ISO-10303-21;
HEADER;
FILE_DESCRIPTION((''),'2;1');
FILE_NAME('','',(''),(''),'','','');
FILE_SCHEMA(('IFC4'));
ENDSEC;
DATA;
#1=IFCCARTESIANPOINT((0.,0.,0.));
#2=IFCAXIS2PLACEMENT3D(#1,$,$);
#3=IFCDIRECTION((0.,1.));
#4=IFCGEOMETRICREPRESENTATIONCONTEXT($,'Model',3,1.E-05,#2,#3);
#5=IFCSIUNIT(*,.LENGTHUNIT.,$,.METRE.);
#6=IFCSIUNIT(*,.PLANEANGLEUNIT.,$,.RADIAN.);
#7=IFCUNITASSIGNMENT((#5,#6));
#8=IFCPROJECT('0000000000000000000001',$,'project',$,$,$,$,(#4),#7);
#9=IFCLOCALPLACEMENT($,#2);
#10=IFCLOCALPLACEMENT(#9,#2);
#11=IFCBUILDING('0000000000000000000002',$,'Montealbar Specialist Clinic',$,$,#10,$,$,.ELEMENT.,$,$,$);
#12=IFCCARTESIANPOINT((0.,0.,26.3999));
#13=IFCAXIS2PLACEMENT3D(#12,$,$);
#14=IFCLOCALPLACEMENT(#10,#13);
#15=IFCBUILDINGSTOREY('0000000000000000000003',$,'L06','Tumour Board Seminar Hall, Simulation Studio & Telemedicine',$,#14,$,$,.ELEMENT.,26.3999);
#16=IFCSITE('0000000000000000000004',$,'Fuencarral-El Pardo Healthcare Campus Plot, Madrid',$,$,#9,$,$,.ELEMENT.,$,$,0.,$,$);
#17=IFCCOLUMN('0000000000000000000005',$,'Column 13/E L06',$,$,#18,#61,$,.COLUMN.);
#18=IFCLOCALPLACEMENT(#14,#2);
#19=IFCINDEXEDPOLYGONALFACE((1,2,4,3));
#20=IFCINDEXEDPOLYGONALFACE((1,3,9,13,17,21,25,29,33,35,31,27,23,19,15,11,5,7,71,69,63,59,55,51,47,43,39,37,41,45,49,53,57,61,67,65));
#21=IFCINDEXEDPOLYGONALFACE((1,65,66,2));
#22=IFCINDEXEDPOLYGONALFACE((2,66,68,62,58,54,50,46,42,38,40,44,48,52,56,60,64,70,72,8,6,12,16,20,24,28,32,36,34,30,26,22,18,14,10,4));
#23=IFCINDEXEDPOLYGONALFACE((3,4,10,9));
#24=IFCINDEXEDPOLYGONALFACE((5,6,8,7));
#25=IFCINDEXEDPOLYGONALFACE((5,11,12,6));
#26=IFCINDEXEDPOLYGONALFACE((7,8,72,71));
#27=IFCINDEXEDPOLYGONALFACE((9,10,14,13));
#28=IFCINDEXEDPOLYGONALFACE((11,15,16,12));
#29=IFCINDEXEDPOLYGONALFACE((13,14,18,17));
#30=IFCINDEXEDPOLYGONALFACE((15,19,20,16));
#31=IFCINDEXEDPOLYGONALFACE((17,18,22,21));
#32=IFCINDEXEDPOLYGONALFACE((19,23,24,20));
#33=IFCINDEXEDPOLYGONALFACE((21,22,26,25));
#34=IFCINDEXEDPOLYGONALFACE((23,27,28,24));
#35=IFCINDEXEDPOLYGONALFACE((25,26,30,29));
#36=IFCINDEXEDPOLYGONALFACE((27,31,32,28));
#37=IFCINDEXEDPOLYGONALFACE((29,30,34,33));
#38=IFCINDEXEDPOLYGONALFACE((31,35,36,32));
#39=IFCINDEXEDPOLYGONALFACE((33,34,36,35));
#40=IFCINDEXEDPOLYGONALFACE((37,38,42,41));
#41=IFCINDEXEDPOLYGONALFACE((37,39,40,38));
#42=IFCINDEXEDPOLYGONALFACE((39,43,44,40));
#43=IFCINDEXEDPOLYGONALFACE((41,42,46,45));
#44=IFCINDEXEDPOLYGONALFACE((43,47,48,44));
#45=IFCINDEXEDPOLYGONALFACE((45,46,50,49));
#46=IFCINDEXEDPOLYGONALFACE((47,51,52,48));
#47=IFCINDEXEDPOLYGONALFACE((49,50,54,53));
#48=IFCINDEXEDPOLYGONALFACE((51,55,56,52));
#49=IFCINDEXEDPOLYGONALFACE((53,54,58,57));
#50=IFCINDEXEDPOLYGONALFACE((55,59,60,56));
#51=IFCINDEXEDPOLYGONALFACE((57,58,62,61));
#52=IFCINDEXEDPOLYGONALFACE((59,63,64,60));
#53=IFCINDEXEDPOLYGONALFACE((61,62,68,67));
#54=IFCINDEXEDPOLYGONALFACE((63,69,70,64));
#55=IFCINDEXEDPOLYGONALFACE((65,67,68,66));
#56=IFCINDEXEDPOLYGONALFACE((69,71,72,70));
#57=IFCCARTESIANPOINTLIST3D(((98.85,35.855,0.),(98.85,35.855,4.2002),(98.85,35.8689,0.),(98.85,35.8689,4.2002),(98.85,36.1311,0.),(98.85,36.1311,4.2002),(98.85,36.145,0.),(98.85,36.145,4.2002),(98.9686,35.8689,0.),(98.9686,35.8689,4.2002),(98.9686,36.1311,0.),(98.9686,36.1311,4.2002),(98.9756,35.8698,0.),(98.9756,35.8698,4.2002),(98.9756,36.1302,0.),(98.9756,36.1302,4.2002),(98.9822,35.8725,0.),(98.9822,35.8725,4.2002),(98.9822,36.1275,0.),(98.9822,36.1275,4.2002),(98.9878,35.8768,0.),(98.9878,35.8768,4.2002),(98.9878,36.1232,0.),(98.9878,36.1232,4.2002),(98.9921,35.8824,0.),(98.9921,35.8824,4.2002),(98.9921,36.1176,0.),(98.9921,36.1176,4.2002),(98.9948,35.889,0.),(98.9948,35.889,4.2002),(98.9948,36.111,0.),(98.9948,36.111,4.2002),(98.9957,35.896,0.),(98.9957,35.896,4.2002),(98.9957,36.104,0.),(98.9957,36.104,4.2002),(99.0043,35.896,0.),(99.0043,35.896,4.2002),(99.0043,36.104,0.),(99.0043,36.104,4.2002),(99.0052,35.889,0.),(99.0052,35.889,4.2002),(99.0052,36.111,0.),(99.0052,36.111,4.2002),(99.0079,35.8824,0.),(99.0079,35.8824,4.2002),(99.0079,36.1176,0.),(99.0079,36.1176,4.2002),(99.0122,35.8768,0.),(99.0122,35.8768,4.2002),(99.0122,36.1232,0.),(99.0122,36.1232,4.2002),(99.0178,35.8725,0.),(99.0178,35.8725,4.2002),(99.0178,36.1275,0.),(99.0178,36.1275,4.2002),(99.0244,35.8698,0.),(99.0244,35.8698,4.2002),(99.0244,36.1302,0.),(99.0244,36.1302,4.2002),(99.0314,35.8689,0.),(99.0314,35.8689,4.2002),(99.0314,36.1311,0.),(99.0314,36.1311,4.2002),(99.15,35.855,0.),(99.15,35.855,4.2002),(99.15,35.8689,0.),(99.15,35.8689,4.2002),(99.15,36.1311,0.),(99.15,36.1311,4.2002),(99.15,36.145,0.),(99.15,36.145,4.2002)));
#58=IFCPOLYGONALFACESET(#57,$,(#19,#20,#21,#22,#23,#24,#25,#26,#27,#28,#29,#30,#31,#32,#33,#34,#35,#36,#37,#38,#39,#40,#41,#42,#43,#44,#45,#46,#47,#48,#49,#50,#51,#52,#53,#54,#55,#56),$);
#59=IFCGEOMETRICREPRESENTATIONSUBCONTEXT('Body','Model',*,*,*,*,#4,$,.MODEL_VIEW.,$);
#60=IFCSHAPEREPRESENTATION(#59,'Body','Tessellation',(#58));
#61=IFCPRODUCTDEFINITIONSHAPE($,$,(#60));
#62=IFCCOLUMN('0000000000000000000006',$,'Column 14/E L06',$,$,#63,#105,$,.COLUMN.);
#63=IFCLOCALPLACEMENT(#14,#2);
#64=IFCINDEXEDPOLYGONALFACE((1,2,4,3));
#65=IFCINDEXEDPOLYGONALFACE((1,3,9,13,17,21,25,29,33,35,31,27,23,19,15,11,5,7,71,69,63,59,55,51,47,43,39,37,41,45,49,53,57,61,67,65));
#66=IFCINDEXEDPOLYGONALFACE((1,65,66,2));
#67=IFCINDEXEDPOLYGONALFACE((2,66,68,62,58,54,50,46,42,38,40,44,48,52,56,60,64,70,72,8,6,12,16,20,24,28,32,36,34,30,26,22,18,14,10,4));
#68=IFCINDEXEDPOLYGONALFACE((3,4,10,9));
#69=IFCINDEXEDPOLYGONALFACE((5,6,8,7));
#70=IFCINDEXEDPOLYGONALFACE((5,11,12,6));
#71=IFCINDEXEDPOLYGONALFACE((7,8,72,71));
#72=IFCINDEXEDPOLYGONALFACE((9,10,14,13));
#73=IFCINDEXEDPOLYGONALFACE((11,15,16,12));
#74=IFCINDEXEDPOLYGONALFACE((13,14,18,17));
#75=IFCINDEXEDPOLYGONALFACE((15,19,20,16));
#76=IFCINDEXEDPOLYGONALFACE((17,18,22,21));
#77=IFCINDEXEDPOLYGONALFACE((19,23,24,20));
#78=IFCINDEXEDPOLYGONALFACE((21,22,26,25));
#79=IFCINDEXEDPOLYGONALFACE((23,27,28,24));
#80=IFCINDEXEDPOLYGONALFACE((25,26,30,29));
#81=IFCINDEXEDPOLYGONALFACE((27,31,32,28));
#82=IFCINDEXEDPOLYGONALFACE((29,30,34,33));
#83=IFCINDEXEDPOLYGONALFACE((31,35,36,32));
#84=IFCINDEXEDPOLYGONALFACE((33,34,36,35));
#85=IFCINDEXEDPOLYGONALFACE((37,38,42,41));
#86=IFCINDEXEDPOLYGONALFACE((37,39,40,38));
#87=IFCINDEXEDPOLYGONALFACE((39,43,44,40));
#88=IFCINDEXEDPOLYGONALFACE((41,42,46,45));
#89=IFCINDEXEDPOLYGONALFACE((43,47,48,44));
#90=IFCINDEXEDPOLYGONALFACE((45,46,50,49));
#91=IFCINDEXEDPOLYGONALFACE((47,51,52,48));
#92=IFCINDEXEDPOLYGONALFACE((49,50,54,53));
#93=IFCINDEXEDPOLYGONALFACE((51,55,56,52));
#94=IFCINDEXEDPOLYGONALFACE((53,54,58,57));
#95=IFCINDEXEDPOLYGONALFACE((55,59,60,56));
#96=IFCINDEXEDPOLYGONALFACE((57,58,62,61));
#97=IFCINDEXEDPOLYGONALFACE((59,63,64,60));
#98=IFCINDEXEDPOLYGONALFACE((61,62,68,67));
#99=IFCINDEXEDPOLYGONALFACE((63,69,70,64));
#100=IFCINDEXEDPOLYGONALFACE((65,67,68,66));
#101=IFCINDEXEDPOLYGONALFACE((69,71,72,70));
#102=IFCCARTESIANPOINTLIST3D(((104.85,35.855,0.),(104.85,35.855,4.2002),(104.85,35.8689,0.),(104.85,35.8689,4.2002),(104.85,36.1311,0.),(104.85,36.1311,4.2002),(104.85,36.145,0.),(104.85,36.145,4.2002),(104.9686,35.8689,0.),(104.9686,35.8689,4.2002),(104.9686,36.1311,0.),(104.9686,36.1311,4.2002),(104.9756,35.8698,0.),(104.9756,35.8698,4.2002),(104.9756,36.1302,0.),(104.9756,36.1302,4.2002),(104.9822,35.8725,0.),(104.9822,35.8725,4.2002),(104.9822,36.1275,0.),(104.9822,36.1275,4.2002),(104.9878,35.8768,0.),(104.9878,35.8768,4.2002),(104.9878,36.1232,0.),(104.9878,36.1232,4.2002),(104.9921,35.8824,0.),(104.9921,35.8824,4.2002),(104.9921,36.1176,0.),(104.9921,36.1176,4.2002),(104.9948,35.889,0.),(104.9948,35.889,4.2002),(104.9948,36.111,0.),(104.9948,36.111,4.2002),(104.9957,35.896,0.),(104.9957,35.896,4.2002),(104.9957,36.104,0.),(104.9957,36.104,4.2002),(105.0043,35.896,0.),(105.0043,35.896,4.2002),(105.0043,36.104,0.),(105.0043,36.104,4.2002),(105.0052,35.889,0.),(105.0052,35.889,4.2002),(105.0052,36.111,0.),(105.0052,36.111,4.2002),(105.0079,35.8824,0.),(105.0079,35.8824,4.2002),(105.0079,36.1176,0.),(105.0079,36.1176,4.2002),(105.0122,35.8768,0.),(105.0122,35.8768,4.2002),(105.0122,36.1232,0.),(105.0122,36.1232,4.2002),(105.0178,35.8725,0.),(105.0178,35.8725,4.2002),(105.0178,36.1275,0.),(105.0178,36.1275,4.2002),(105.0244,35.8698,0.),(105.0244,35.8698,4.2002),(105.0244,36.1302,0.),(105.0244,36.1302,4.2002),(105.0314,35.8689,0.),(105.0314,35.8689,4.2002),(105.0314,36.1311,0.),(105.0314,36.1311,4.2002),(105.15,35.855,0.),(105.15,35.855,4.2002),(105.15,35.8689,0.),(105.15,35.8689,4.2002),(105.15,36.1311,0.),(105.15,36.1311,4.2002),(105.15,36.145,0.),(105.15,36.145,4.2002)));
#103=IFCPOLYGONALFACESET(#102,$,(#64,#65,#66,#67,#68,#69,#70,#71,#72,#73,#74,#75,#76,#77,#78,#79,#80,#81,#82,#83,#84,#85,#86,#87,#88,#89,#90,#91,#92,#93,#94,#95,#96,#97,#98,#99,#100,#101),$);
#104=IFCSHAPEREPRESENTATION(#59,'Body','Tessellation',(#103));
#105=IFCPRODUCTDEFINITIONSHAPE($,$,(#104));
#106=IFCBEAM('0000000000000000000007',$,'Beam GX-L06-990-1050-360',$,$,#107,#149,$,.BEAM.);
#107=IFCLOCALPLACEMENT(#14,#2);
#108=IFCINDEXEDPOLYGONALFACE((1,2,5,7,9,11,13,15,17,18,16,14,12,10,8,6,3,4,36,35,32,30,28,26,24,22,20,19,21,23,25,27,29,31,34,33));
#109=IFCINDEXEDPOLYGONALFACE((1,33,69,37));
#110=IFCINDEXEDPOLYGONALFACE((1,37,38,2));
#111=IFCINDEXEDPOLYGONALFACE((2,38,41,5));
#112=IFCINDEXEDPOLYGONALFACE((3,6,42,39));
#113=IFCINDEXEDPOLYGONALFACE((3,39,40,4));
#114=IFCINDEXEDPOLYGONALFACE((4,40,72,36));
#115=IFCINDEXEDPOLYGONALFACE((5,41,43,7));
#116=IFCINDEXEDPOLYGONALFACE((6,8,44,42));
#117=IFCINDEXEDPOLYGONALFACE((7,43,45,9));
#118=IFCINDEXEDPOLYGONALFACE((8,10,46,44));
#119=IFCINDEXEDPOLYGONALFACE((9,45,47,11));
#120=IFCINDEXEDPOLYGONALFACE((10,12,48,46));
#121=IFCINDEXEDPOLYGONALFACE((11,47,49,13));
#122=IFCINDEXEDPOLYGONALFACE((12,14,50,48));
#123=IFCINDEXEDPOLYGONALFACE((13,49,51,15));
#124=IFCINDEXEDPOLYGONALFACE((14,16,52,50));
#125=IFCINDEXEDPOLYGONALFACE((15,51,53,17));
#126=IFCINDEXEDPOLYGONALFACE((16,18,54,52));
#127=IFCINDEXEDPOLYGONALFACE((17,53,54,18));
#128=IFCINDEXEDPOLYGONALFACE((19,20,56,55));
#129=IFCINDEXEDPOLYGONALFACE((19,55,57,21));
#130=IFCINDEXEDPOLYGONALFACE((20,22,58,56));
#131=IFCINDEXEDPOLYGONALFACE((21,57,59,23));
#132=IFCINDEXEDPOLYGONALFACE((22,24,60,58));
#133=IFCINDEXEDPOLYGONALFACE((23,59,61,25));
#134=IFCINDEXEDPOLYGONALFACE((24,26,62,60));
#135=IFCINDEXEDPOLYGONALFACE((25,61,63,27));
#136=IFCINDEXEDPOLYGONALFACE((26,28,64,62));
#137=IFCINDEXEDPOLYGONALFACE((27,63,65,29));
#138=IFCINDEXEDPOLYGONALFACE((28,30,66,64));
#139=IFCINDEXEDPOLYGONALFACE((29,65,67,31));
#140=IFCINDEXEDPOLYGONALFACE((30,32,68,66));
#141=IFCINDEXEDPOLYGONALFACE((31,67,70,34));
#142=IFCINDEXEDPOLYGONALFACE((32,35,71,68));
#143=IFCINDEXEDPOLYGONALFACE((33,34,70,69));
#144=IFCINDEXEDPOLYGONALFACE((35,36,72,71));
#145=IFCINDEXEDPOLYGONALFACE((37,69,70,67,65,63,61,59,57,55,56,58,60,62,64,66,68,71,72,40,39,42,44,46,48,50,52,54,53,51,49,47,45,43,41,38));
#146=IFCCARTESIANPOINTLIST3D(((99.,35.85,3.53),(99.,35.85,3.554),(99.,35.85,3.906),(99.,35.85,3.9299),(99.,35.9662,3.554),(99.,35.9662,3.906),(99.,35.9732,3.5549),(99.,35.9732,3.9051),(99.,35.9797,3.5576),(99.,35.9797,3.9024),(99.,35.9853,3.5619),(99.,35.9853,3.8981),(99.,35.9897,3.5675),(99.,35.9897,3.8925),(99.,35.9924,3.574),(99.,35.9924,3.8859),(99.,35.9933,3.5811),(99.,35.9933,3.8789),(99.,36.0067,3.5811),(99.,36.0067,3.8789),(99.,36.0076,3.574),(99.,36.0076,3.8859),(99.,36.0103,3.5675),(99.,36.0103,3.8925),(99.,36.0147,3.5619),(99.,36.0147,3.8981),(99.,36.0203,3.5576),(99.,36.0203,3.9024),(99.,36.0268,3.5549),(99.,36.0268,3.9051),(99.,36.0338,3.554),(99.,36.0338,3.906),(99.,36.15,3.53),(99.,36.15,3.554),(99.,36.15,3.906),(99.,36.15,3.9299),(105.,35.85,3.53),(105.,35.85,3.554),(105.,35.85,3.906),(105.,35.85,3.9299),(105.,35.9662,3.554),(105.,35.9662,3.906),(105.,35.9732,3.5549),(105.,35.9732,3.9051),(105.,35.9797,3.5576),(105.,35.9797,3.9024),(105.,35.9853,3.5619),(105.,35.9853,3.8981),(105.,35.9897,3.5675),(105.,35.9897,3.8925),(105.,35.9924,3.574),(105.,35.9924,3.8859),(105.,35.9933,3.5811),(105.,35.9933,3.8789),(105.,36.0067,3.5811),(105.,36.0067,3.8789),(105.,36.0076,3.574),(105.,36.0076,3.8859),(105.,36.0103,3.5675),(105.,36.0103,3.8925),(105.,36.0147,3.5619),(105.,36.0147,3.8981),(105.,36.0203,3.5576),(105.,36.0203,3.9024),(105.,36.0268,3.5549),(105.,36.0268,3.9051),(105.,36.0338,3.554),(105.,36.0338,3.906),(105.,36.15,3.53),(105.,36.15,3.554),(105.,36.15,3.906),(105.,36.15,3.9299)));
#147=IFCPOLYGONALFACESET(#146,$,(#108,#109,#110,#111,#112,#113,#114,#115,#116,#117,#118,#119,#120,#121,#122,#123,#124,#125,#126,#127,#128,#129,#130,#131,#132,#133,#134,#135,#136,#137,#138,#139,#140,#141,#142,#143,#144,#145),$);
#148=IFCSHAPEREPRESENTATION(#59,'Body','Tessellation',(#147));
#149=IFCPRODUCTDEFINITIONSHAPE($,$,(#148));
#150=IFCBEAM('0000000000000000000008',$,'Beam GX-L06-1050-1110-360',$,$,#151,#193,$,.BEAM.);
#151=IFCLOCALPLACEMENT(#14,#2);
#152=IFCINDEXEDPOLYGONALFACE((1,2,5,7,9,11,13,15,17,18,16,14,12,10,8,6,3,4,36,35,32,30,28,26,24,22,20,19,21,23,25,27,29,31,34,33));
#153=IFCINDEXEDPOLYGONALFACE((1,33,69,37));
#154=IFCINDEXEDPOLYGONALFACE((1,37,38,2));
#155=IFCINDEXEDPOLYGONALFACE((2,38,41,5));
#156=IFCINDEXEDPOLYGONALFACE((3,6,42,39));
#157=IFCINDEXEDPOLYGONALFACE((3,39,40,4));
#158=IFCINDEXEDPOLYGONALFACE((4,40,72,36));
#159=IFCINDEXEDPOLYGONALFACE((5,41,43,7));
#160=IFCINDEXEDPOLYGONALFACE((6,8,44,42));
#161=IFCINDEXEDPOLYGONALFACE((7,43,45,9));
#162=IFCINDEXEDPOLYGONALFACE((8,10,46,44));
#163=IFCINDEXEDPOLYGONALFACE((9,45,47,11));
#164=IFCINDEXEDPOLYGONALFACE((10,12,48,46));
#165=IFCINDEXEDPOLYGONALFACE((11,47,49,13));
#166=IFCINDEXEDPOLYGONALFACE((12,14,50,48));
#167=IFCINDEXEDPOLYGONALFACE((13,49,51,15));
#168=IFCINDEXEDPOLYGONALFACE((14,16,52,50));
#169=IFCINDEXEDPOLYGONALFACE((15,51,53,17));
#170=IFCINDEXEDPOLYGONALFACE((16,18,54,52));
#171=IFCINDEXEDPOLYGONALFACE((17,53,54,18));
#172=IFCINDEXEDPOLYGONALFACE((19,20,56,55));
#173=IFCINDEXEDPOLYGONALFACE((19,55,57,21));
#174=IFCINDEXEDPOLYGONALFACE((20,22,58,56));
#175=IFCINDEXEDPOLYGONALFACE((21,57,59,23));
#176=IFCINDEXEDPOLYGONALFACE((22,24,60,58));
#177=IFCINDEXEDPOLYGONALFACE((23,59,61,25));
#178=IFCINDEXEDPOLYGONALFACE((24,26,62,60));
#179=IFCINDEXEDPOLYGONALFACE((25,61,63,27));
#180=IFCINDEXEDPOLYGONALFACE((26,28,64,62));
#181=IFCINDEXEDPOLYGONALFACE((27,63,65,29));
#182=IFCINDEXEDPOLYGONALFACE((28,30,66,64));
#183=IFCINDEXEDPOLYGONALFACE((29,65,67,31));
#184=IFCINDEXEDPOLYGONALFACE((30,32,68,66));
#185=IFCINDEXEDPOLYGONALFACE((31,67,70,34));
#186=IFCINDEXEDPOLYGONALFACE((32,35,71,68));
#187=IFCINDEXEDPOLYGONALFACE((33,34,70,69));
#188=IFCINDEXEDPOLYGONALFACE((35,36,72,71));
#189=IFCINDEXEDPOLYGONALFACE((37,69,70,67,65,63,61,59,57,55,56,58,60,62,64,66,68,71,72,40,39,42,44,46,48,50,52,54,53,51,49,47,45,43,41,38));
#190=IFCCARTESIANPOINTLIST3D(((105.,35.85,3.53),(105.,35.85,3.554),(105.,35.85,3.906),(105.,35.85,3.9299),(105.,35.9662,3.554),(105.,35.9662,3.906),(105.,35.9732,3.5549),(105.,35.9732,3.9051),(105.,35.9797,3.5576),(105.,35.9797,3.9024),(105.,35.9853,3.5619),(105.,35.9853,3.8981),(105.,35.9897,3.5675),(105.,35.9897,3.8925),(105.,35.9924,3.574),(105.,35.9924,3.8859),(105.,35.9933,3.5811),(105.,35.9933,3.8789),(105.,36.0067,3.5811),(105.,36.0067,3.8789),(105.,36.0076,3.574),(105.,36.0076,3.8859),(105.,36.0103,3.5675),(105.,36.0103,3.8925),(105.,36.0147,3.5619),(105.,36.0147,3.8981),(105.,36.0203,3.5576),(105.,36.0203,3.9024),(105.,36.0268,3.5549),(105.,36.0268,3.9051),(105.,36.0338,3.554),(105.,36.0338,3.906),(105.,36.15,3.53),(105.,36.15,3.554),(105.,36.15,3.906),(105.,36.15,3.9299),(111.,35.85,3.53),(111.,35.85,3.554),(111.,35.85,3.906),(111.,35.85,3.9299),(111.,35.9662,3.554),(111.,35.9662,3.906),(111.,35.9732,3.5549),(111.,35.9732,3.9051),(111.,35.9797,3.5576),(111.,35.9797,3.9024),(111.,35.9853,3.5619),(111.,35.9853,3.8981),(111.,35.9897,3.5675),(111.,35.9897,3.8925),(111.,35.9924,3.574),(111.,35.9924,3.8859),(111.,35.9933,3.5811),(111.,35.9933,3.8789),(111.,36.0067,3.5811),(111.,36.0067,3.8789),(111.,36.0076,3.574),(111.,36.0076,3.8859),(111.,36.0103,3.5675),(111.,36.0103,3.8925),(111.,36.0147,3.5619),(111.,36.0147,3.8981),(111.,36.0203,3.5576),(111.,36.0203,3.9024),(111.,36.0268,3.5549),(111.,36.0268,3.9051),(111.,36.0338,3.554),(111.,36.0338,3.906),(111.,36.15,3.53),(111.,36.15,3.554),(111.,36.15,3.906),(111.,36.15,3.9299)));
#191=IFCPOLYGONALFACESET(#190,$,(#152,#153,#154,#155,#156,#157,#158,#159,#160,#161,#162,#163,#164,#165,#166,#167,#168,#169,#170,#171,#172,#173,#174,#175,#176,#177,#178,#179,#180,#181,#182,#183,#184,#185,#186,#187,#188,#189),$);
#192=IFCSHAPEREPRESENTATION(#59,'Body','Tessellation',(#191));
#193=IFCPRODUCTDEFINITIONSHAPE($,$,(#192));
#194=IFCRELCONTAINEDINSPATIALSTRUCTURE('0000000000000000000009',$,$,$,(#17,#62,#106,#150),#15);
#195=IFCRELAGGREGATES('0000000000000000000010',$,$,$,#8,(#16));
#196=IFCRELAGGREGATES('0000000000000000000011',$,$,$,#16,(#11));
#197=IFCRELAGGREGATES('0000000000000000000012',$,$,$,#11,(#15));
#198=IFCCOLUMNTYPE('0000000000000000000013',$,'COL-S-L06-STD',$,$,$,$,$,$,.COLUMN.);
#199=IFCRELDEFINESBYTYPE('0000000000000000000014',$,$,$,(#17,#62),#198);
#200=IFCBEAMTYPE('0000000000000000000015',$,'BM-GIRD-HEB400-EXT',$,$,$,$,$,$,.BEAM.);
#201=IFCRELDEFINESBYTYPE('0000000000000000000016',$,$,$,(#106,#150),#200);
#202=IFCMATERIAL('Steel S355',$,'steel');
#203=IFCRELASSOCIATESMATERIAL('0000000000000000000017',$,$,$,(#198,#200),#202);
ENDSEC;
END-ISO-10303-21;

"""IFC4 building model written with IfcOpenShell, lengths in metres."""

from ifc_helpers import new_model, si_unit, direction, frame, origin, origin_2d, place, context, subcontext, project, spatial, i_section, extrude, material, material_profile, profile_set, type_object, element, save


model = new_model("IFC4")

# Units and contexts
model_context = context("Model", 3, precision=1e-05, world=origin(), true_north=direction((0.0, 1.0)))
body_context = subcontext(model_context, "Body", "Model", "MODEL_VIEW")
ifc_project = project(units=[si_unit("LENGTHUNIT", "METRE"), si_unit("PLANEANGLEUNIT", "RADIAN")], contexts=[model_context])

# Site, building, storey
site_placement = place(None, origin())
site = spatial("IfcSite", under=ifc_project, at=site_placement, Name="Fuencarral-El Pardo Healthcare Campus Plot, Madrid", CompositionType="ELEMENT", RefElevation=0.0)
building_placement = place(site_placement, origin())
building = spatial("IfcBuilding", under=site, at=building_placement, Name="Montealbar Specialist Clinic", CompositionType="ELEMENT")
storey_placement = place(building_placement, frame((0.0, 0.0, 26.3999)))
storey = spatial("IfcBuildingStorey", under=building, at=storey_placement, Name="L06", Description="Tumour Board Seminar Hall, Simulation Studio & Telemedicine", CompositionType="ELEMENT", Elevation=26.3999)

# Columns
ifc_material_1 = material(Name="Steel S355", Category="steel")
ifc_material_profile_1 = material_profile(ifc_material_1, i_section(OverallWidth=0.3, OverallDepth=0.29, WebThickness=0.0085, FlangeThickness=0.0139, FilletRadius=0.0271, at=origin_2d()), Name="HEA 300", Category="steel")
ifc_profile_set_1 = profile_set([ifc_material_profile_1], Name="Steel S355")
column_type = type_object("IfcColumnType", Name="COL-S-L06-STD", PredefinedType="COLUMN", material=ifc_profile_set_1)
for number, where, z_axis, x_axis, name in (
    (1, (99.0, 36.0, 0.0), (0.0, 0.0, 1.0), (1.0, 0.0, 0.0), "Column 13/E L06"),
    (2, (105.0, 36.0, 0.0), (0.0, 0.0, 1.0), (1.0, 0.0, 0.0), "Column 14/E L06"),
):
    element("IfcColumn", number, at=place(storey_placement, frame(where, z_axis=z_axis, x_axis=x_axis)), inside=storey, type_object=column_type, Name=name, PredefinedType="COLUMN", context=body_context, shape_type="SweptSolid", body=[
        extrude(i_section(OverallWidth=0.3, OverallDepth=0.29, WebThickness=0.0085, FlangeThickness=0.0139, FilletRadius=0.0271, at=origin_2d()), origin(), (0.0, 0.0, 1.0), 4.2002),
    ])

# Beams
ifc_material_profile_2 = material_profile(ifc_material_1, i_section(OverallWidth=0.3, OverallDepth=0.3999, WebThickness=0.0134, FlangeThickness=0.0239, FilletRadius=0.0271, at=origin_2d()), Name="HEB 400", Category="steel")
ifc_profile_set_2 = profile_set([ifc_material_profile_2], Name="Steel S355")
beam_type_1 = type_object("IfcBeamType", Name="BM-GIRD-HEB400-EXT", PredefinedType="BEAM", material=ifc_profile_set_2)
for number, where, z_axis, x_axis, name in (
    (3, (99.0, 36.0, 3.73), (1.0, 0.0, 0.0), (0.0, 1.0, 0.0), "Beam GX-L06-990-1050-360"),
    (4, (105.0, 36.0, 3.73), (1.0, 0.0, 0.0), (0.0, 1.0, 0.0), "Beam GX-L06-1050-1110-360"),
):
    element("IfcBeam", number, at=place(storey_placement, frame(where, z_axis=z_axis, x_axis=x_axis)), inside=storey, type_object=beam_type_1, Name=name, PredefinedType="BEAM", context=body_context, shape_type="SweptSolid", body=[
        extrude(i_section(OverallWidth=0.3, OverallDepth=0.3999, WebThickness=0.0134, FlangeThickness=0.0239, FilletRadius=0.0271, at=origin_2d()), origin(), (0.0, 0.0, 1.0), 6.0),
    ])

save(model, "model.ifc")
